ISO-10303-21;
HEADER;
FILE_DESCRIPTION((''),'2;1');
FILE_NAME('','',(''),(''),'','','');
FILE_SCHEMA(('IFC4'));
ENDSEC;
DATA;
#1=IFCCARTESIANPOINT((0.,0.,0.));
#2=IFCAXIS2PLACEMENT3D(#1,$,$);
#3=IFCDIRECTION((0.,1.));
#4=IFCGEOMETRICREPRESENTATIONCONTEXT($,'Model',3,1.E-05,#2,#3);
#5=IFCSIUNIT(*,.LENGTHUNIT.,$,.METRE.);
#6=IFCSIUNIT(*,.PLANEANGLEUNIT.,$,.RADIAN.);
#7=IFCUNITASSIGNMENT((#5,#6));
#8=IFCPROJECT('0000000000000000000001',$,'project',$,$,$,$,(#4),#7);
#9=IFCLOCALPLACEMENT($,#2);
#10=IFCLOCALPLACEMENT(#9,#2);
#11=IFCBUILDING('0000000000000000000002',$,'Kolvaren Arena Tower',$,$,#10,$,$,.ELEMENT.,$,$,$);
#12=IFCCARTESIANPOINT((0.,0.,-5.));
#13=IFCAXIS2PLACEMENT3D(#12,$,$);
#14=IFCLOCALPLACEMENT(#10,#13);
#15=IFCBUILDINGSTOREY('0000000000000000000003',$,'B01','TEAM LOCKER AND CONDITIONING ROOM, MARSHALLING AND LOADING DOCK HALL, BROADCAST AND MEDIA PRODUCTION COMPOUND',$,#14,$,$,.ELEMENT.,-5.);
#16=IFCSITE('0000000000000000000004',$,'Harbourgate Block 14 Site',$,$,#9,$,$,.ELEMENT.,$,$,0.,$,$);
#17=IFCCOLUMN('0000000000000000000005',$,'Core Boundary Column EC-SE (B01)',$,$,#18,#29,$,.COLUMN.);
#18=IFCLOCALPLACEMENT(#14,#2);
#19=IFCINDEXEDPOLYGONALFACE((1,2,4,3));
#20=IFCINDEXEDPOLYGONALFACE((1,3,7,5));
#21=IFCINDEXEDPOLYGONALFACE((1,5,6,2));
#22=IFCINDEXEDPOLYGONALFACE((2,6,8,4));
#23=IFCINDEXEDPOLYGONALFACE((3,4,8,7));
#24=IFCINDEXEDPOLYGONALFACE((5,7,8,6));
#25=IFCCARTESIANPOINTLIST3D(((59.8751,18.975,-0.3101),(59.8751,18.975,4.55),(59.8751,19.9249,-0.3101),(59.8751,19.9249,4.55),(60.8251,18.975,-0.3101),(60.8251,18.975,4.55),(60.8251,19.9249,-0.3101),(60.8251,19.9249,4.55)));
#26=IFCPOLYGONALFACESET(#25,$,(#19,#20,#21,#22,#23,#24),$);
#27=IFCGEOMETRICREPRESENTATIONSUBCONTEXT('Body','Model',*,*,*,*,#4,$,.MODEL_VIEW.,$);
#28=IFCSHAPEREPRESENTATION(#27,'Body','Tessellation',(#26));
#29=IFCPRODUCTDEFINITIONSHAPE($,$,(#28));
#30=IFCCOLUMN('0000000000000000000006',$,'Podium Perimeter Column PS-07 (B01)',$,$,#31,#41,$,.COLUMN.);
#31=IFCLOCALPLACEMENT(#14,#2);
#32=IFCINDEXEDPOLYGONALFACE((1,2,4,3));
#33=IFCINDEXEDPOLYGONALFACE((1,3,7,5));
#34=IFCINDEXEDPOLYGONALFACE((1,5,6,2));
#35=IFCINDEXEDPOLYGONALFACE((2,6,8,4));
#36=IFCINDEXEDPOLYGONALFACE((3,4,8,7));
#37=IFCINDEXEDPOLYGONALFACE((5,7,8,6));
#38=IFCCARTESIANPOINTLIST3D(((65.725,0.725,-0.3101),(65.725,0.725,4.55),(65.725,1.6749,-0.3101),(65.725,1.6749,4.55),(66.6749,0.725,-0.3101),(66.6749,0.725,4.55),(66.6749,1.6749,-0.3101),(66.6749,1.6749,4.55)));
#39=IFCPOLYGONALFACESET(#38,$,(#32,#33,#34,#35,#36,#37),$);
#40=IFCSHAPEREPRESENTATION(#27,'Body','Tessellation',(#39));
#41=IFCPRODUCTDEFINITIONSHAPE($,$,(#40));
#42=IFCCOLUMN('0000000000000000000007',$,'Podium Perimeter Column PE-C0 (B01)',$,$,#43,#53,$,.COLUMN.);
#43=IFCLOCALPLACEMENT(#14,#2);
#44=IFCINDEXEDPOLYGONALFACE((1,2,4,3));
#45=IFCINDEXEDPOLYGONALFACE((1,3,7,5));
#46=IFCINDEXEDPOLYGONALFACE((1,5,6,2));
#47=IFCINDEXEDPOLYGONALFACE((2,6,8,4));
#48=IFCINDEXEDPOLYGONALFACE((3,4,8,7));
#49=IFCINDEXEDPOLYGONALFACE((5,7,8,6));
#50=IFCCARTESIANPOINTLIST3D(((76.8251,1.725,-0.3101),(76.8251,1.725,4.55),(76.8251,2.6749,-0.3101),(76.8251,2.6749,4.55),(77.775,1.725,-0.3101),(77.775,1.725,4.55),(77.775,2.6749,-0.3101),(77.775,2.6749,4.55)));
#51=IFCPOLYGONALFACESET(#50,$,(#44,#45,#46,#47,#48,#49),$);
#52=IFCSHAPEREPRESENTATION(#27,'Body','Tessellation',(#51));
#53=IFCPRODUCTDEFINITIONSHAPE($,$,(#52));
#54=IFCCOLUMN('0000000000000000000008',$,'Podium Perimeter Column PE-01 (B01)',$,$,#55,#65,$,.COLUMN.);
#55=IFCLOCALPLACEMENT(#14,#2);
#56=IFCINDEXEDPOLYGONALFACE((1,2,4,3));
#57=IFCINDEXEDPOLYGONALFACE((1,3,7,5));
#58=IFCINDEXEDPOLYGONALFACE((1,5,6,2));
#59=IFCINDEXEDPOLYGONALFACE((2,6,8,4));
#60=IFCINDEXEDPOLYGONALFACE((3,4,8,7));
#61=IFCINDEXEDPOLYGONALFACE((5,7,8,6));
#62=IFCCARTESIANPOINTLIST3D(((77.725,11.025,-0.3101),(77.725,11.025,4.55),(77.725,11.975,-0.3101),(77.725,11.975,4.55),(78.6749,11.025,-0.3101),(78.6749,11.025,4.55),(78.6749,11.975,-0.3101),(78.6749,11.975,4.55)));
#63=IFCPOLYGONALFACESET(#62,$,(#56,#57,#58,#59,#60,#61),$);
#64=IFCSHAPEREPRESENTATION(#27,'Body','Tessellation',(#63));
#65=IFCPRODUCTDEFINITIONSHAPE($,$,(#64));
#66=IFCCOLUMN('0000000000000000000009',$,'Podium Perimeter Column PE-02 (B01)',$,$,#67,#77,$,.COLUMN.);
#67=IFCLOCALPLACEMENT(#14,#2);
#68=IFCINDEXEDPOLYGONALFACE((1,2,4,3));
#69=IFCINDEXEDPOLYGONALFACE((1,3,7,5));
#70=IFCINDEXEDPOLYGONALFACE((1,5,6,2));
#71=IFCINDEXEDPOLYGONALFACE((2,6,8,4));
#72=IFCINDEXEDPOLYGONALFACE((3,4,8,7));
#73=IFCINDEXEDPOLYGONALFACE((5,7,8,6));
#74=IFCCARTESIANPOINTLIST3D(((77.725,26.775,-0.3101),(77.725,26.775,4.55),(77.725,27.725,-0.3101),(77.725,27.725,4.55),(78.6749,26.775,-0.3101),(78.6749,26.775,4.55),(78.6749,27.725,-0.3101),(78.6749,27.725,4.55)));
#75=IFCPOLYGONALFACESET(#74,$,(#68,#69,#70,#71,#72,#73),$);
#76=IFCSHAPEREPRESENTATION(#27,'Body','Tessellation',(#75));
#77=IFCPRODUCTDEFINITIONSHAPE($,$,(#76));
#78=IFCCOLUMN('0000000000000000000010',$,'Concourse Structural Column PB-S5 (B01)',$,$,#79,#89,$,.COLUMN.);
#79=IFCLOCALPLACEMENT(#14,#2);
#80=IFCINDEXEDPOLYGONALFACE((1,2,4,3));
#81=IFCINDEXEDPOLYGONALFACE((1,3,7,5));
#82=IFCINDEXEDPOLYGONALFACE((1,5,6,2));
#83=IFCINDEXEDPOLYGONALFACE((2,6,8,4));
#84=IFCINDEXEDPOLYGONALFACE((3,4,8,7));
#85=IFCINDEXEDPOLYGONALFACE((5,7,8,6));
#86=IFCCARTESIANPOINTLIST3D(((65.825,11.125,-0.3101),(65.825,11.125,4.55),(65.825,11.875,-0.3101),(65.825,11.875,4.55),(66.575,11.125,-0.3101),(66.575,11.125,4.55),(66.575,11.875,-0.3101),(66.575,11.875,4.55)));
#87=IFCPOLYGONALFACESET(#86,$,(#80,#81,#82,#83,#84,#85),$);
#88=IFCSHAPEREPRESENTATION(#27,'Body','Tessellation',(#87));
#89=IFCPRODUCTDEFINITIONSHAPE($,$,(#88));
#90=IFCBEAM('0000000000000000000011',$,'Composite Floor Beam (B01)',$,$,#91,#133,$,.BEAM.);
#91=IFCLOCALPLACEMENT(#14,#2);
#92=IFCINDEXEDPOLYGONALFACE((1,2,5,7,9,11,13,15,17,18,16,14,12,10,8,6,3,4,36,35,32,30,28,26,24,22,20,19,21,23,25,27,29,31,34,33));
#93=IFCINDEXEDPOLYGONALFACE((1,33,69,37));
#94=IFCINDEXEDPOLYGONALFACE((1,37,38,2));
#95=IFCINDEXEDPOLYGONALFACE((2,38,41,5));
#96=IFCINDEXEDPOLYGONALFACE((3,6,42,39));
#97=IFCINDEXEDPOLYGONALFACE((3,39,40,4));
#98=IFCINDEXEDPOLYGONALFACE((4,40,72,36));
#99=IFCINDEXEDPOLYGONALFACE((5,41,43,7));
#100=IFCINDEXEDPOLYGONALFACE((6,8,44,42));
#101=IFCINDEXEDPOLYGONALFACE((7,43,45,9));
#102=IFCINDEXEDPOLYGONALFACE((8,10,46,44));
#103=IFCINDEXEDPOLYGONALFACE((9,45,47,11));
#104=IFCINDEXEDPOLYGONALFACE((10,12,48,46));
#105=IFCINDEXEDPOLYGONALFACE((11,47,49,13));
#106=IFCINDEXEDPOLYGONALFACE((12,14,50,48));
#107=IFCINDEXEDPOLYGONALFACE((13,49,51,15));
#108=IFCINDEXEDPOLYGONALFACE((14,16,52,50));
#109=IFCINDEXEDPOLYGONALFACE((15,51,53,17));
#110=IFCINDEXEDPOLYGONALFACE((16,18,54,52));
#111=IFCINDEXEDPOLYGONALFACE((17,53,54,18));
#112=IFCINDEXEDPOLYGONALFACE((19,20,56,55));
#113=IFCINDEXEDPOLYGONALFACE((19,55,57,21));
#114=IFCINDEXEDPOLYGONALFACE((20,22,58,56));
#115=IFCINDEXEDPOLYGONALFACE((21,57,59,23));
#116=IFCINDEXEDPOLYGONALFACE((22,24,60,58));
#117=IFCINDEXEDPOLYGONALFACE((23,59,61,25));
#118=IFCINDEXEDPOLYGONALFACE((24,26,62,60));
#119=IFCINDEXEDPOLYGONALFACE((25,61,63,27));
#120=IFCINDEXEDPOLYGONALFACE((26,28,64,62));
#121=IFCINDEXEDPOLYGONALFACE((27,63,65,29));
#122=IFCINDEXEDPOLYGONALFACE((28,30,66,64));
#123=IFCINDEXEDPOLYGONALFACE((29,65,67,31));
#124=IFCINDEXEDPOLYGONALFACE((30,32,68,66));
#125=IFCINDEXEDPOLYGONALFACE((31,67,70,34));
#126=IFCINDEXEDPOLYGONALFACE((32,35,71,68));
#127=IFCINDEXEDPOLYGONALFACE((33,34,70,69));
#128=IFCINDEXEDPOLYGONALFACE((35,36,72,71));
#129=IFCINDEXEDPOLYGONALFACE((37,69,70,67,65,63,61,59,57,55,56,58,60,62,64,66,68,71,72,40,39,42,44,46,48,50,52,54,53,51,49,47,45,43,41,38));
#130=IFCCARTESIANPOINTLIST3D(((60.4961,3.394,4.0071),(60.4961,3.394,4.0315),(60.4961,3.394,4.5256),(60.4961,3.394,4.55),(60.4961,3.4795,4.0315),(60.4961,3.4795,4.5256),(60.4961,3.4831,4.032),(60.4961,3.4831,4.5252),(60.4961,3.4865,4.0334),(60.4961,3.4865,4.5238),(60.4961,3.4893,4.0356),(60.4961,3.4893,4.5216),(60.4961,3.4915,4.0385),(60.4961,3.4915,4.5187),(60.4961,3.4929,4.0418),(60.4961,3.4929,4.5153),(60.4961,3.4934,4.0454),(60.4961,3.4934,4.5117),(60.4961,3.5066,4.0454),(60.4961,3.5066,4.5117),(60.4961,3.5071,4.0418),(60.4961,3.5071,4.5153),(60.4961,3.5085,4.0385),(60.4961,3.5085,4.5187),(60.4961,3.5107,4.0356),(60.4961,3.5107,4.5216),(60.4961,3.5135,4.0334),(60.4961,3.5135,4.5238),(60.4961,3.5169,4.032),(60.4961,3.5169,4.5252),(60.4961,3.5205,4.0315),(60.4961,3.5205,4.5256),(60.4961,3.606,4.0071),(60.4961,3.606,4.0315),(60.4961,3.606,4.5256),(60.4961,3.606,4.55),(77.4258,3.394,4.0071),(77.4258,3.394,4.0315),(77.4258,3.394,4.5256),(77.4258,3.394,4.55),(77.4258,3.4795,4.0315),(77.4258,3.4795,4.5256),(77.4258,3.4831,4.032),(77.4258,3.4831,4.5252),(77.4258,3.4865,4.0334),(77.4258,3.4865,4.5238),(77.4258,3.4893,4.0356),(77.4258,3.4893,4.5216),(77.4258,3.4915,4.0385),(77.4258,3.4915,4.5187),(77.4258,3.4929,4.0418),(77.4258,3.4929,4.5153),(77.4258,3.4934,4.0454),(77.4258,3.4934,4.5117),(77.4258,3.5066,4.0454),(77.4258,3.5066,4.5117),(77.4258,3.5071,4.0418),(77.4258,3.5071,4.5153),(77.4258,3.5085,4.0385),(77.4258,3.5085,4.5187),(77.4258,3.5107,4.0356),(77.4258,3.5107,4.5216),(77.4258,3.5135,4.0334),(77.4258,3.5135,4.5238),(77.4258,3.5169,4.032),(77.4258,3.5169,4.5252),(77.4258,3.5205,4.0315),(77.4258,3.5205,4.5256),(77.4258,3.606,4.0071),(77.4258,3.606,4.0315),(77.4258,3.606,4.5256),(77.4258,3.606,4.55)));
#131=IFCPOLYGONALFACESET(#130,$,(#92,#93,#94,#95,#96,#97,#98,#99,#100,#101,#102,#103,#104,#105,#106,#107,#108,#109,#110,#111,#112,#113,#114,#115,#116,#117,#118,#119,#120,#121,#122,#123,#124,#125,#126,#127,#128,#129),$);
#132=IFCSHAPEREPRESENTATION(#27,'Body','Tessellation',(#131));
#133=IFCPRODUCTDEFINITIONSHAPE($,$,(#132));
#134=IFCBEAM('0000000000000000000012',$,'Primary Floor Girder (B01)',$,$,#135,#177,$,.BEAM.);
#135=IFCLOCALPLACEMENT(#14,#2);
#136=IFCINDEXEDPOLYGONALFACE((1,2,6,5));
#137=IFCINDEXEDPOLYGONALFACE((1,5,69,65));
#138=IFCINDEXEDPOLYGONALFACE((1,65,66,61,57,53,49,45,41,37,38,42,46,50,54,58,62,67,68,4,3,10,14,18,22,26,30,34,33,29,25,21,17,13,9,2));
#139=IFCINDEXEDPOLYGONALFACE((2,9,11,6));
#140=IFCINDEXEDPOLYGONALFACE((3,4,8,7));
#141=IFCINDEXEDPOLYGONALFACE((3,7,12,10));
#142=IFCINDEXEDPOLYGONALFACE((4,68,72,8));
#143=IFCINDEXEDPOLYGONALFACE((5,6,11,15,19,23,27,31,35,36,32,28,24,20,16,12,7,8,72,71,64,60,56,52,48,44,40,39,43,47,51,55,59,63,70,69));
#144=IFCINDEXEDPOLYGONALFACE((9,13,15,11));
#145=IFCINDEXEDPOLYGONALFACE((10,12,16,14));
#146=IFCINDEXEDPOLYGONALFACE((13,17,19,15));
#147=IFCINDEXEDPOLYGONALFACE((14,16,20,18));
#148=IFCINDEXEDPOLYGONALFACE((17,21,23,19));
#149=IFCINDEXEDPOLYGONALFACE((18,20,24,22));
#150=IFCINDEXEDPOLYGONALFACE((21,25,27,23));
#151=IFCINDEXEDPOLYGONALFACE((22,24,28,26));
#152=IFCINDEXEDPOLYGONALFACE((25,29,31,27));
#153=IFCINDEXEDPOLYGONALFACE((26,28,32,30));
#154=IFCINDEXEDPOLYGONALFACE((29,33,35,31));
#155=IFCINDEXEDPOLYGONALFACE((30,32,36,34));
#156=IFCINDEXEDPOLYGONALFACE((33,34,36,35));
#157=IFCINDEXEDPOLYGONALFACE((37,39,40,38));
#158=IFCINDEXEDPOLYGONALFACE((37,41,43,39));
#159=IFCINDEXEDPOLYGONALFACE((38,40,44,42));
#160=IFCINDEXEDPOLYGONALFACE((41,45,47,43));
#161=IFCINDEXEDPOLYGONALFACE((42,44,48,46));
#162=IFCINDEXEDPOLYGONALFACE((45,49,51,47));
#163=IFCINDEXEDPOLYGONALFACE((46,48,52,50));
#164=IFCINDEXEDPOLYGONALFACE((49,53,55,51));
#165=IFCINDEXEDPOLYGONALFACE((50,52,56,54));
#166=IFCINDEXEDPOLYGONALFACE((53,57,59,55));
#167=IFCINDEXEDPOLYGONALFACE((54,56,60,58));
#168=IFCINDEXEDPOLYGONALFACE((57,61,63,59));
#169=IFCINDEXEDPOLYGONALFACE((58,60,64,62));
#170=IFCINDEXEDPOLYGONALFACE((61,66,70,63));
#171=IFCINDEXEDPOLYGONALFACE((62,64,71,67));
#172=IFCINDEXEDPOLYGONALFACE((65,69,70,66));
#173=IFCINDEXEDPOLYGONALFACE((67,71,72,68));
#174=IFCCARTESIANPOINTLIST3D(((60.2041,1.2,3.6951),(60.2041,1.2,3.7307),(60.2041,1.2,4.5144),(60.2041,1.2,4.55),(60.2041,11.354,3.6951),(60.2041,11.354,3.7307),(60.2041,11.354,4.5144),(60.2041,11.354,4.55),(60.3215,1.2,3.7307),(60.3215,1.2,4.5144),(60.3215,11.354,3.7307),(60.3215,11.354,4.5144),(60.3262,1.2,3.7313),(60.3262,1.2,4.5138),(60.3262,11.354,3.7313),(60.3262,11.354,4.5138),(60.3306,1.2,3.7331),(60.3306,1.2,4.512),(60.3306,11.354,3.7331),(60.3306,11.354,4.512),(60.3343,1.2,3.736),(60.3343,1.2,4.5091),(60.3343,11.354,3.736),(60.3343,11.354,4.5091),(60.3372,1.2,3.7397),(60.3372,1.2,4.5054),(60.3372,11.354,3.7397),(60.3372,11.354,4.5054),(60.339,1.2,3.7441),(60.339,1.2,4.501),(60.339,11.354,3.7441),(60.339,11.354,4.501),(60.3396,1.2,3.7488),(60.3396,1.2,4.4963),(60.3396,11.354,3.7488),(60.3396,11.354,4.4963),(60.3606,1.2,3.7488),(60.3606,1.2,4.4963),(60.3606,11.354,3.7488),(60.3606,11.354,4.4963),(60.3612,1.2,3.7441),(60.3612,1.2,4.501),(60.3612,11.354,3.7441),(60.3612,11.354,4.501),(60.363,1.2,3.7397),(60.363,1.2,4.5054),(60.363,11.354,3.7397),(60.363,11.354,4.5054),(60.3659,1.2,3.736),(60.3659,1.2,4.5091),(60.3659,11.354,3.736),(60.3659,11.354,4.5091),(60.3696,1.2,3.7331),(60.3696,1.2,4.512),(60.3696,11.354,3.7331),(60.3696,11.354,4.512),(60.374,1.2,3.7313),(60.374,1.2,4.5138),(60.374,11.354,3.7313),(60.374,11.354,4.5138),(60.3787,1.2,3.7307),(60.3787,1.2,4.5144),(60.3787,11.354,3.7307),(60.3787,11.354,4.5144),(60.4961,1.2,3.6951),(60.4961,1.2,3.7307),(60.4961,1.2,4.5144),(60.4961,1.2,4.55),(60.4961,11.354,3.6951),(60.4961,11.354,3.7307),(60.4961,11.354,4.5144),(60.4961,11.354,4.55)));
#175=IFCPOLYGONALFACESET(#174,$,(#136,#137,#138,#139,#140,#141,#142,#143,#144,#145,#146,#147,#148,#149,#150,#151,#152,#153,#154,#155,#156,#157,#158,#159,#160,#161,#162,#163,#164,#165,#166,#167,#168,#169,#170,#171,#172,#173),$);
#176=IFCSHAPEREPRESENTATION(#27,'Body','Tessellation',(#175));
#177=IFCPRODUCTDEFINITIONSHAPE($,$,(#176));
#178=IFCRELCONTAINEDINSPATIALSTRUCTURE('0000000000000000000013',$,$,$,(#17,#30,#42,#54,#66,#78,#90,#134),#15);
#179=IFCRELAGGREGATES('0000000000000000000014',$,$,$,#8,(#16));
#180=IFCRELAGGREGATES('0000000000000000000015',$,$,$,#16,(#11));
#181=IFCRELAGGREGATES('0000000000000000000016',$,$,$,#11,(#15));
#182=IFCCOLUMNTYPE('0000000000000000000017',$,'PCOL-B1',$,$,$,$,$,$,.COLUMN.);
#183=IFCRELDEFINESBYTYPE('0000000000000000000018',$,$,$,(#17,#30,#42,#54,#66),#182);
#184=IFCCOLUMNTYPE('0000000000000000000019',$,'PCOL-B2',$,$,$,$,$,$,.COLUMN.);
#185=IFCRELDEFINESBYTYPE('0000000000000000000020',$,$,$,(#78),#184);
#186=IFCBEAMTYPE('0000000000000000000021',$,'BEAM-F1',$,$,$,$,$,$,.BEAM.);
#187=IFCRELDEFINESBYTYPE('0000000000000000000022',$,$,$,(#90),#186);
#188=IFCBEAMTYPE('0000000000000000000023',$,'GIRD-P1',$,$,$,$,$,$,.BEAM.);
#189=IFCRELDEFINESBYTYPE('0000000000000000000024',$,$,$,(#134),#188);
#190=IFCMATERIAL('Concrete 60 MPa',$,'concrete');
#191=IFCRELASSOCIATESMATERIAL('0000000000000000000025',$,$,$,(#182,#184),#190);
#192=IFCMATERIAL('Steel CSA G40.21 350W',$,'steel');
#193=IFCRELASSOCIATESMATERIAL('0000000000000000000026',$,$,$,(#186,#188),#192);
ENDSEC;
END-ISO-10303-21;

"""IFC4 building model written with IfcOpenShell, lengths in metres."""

from ifc_helpers import new_model, si_unit, direction, frame, origin, origin_2d, place, context, subcontext, project, spatial, rectangle, i_section, extrude, material, material_profile, profile_set, type_object, element, save


model = new_model("IFC4")

# Units and contexts
model_context = context("Model", 3, precision=1e-05, world=origin(), true_north=direction((0.0, 1.0)))
body_context = subcontext(model_context, "Body", "Model", "MODEL_VIEW")
ifc_project = project(units=[si_unit("LENGTHUNIT", "METRE"), si_unit("PLANEANGLEUNIT", "RADIAN")], contexts=[model_context])

# Site, building, storey
site_placement = place(None, origin())
site = spatial("IfcSite", under=ifc_project, at=site_placement, Name="Harbourgate Block 14 Site", CompositionType="ELEMENT", RefElevation=0.0)
building_placement = place(site_placement, origin())
building = spatial("IfcBuilding", under=site, at=building_placement, Name="Kolvaren Arena Tower", CompositionType="ELEMENT")
storey_placement = place(building_placement, frame((0.0, 0.0, -5.0)))
storey = spatial("IfcBuildingStorey", under=building, at=storey_placement, Name="B01", Description="TEAM LOCKER AND CONDITIONING ROOM, MARSHALLING AND LOADING DOCK HALL, BROADCAST AND MEDIA PRODUCTION COMPOUND", CompositionType="ELEMENT", Elevation=-5.0)

# Columns
ifc_material_1 = material(Name="Concrete 60 MPa", Category="concrete")
ifc_material_profile_1 = material_profile(ifc_material_1, rectangle(XDim=0.95, YDim=0.95, at=origin_2d()), Name="RC-950x950")
ifc_profile_set_1 = profile_set([ifc_material_profile_1], Name="Concrete 60 MPa")
column_type_1 = type_object("IfcColumnType", Name="PCOL-B1", PredefinedType="COLUMN", material=ifc_profile_set_1)
for number, where, z_axis, x_axis, name in (
    (1, (60.3501, 19.45, -0.3101), (0.0, 0.0, 1.0), (1.0, 0.0, 0.0), "Core Boundary Column EC-SE (B01)"),
    (2, (66.2, 1.2, -0.3101), (0.0, 0.0, 1.0), (1.0, 0.0, 0.0), "Podium Perimeter Column PS-07 (B01)"),
    (3, (77.3, 2.2, -0.3101), (0.0, 0.0, 1.0), (1.0, 0.0, 0.0), "Podium Perimeter Column PE-C0 (B01)"),
    (4, (78.2, 11.5, -0.3101), (0.0, 0.0, 1.0), (1.0, 0.0, 0.0), "Podium Perimeter Column PE-01 (B01)"),
    (5, (78.2, 27.25, -0.3101), (0.0, 0.0, 1.0), (1.0, 0.0, 0.0), "Podium Perimeter Column PE-02 (B01)"),
):
    element("IfcColumn", number, at=place(storey_placement, frame(where, z_axis=z_axis, x_axis=x_axis)), inside=storey, type_object=column_type_1, Name=name, PredefinedType="COLUMN", context=body_context, shape_type="SweptSolid", body=[
        extrude(rectangle(XDim=0.95, YDim=0.95, at=origin_2d()), origin(), (0.0, 0.0, 1.0), 4.8601),
    ])
ifc_material_profile_2 = material_profile(ifc_material_1, rectangle(XDim=0.75, YDim=0.75, at=origin_2d()), Name="RC-750x750")
ifc_profile_set_2 = profile_set([ifc_material_profile_2], Name="Concrete 60 MPa")
column_type_2 = type_object("IfcColumnType", Name="PCOL-B2", PredefinedType="COLUMN", material=ifc_profile_set_2)
column_placement = place(storey_placement, frame((66.2, 11.5, -0.3101), z_axis=(0.0, 0.0, 1.0), x_axis=(1.0, 0.0, 0.0)))
element("IfcColumn", 6, at=column_placement, inside=storey, type_object=column_type_2, Name="Concourse Structural Column PB-S5 (B01)", PredefinedType="COLUMN", context=body_context, shape_type="SweptSolid", body=[
    extrude(rectangle(XDim=0.75, YDim=0.75, at=origin_2d()), origin(), (0.0, 0.0, 1.0), 4.8601),
])

# Beams
ifc_material_2 = material(Name="Steel CSA G40.21 350W", Category="steel")
ifc_material_profile_3 = material_profile(ifc_material_2, i_section(OverallWidth=0.2119, OverallDepth=0.543, WebThickness=0.0132, FlangeThickness=0.0244, FilletRadius=0.0139, at=origin_2d()), Name="W530x150")
ifc_profile_set_3 = profile_set([ifc_material_profile_3], Name="Steel CSA G40.21 350W")
beam_type_1 = type_object("IfcBeamType", Name="BEAM-F1", PredefinedType="BEAM", material=ifc_profile_set_3)
beam_1_placement = place(storey_placement, frame((60.4961, 3.5, 4.2786), z_axis=(1.0, 0.0, 0.0), x_axis=(0.0, 1.0, 0.0)))
element("IfcBeam", 7, at=beam_1_placement, inside=storey, type_object=beam_type_1, Name="Composite Floor Beam (B01)", PredefinedType="BEAM", context=body_context, shape_type="SweptSolid", body=[
    extrude(i_section(OverallWidth=0.2119, OverallDepth=0.543, WebThickness=0.0132, FlangeThickness=0.0244, FilletRadius=0.0139, at=origin_2d()), origin(), (0.0, 0.0, 1.0), 16.9297),
])
ifc_material_profile_4 = material_profile(ifc_material_2, i_section(OverallWidth=0.292, OverallDepth=0.855, WebThickness=0.021, FlangeThickness=0.0356, FilletRadius=0.0181, at=origin_2d()), Name="W840x299")
ifc_profile_set_4 = profile_set([ifc_material_profile_4], Name="Steel CSA G40.21 350W")
beam_type_2 = type_object("IfcBeamType", Name="GIRD-P1", PredefinedType="BEAM", material=ifc_profile_set_4)
beam_2_placement = place(storey_placement, frame((60.3501, 1.2, 4.1226), z_axis=(0.0, 1.0, 0.0), x_axis=(-1.0, 0.0, 0.0)))
element("IfcBeam", 8, at=beam_2_placement, inside=storey, type_object=beam_type_2, Name="Primary Floor Girder (B01)", PredefinedType="BEAM", context=body_context, shape_type="SweptSolid", body=[
    extrude(i_section(OverallWidth=0.292, OverallDepth=0.855, WebThickness=0.021, FlangeThickness=0.0356, FilletRadius=0.0181, at=origin_2d()), origin(), (0.0, 0.0, 1.0), 10.1541),
])

save(model, "model.ifc")
